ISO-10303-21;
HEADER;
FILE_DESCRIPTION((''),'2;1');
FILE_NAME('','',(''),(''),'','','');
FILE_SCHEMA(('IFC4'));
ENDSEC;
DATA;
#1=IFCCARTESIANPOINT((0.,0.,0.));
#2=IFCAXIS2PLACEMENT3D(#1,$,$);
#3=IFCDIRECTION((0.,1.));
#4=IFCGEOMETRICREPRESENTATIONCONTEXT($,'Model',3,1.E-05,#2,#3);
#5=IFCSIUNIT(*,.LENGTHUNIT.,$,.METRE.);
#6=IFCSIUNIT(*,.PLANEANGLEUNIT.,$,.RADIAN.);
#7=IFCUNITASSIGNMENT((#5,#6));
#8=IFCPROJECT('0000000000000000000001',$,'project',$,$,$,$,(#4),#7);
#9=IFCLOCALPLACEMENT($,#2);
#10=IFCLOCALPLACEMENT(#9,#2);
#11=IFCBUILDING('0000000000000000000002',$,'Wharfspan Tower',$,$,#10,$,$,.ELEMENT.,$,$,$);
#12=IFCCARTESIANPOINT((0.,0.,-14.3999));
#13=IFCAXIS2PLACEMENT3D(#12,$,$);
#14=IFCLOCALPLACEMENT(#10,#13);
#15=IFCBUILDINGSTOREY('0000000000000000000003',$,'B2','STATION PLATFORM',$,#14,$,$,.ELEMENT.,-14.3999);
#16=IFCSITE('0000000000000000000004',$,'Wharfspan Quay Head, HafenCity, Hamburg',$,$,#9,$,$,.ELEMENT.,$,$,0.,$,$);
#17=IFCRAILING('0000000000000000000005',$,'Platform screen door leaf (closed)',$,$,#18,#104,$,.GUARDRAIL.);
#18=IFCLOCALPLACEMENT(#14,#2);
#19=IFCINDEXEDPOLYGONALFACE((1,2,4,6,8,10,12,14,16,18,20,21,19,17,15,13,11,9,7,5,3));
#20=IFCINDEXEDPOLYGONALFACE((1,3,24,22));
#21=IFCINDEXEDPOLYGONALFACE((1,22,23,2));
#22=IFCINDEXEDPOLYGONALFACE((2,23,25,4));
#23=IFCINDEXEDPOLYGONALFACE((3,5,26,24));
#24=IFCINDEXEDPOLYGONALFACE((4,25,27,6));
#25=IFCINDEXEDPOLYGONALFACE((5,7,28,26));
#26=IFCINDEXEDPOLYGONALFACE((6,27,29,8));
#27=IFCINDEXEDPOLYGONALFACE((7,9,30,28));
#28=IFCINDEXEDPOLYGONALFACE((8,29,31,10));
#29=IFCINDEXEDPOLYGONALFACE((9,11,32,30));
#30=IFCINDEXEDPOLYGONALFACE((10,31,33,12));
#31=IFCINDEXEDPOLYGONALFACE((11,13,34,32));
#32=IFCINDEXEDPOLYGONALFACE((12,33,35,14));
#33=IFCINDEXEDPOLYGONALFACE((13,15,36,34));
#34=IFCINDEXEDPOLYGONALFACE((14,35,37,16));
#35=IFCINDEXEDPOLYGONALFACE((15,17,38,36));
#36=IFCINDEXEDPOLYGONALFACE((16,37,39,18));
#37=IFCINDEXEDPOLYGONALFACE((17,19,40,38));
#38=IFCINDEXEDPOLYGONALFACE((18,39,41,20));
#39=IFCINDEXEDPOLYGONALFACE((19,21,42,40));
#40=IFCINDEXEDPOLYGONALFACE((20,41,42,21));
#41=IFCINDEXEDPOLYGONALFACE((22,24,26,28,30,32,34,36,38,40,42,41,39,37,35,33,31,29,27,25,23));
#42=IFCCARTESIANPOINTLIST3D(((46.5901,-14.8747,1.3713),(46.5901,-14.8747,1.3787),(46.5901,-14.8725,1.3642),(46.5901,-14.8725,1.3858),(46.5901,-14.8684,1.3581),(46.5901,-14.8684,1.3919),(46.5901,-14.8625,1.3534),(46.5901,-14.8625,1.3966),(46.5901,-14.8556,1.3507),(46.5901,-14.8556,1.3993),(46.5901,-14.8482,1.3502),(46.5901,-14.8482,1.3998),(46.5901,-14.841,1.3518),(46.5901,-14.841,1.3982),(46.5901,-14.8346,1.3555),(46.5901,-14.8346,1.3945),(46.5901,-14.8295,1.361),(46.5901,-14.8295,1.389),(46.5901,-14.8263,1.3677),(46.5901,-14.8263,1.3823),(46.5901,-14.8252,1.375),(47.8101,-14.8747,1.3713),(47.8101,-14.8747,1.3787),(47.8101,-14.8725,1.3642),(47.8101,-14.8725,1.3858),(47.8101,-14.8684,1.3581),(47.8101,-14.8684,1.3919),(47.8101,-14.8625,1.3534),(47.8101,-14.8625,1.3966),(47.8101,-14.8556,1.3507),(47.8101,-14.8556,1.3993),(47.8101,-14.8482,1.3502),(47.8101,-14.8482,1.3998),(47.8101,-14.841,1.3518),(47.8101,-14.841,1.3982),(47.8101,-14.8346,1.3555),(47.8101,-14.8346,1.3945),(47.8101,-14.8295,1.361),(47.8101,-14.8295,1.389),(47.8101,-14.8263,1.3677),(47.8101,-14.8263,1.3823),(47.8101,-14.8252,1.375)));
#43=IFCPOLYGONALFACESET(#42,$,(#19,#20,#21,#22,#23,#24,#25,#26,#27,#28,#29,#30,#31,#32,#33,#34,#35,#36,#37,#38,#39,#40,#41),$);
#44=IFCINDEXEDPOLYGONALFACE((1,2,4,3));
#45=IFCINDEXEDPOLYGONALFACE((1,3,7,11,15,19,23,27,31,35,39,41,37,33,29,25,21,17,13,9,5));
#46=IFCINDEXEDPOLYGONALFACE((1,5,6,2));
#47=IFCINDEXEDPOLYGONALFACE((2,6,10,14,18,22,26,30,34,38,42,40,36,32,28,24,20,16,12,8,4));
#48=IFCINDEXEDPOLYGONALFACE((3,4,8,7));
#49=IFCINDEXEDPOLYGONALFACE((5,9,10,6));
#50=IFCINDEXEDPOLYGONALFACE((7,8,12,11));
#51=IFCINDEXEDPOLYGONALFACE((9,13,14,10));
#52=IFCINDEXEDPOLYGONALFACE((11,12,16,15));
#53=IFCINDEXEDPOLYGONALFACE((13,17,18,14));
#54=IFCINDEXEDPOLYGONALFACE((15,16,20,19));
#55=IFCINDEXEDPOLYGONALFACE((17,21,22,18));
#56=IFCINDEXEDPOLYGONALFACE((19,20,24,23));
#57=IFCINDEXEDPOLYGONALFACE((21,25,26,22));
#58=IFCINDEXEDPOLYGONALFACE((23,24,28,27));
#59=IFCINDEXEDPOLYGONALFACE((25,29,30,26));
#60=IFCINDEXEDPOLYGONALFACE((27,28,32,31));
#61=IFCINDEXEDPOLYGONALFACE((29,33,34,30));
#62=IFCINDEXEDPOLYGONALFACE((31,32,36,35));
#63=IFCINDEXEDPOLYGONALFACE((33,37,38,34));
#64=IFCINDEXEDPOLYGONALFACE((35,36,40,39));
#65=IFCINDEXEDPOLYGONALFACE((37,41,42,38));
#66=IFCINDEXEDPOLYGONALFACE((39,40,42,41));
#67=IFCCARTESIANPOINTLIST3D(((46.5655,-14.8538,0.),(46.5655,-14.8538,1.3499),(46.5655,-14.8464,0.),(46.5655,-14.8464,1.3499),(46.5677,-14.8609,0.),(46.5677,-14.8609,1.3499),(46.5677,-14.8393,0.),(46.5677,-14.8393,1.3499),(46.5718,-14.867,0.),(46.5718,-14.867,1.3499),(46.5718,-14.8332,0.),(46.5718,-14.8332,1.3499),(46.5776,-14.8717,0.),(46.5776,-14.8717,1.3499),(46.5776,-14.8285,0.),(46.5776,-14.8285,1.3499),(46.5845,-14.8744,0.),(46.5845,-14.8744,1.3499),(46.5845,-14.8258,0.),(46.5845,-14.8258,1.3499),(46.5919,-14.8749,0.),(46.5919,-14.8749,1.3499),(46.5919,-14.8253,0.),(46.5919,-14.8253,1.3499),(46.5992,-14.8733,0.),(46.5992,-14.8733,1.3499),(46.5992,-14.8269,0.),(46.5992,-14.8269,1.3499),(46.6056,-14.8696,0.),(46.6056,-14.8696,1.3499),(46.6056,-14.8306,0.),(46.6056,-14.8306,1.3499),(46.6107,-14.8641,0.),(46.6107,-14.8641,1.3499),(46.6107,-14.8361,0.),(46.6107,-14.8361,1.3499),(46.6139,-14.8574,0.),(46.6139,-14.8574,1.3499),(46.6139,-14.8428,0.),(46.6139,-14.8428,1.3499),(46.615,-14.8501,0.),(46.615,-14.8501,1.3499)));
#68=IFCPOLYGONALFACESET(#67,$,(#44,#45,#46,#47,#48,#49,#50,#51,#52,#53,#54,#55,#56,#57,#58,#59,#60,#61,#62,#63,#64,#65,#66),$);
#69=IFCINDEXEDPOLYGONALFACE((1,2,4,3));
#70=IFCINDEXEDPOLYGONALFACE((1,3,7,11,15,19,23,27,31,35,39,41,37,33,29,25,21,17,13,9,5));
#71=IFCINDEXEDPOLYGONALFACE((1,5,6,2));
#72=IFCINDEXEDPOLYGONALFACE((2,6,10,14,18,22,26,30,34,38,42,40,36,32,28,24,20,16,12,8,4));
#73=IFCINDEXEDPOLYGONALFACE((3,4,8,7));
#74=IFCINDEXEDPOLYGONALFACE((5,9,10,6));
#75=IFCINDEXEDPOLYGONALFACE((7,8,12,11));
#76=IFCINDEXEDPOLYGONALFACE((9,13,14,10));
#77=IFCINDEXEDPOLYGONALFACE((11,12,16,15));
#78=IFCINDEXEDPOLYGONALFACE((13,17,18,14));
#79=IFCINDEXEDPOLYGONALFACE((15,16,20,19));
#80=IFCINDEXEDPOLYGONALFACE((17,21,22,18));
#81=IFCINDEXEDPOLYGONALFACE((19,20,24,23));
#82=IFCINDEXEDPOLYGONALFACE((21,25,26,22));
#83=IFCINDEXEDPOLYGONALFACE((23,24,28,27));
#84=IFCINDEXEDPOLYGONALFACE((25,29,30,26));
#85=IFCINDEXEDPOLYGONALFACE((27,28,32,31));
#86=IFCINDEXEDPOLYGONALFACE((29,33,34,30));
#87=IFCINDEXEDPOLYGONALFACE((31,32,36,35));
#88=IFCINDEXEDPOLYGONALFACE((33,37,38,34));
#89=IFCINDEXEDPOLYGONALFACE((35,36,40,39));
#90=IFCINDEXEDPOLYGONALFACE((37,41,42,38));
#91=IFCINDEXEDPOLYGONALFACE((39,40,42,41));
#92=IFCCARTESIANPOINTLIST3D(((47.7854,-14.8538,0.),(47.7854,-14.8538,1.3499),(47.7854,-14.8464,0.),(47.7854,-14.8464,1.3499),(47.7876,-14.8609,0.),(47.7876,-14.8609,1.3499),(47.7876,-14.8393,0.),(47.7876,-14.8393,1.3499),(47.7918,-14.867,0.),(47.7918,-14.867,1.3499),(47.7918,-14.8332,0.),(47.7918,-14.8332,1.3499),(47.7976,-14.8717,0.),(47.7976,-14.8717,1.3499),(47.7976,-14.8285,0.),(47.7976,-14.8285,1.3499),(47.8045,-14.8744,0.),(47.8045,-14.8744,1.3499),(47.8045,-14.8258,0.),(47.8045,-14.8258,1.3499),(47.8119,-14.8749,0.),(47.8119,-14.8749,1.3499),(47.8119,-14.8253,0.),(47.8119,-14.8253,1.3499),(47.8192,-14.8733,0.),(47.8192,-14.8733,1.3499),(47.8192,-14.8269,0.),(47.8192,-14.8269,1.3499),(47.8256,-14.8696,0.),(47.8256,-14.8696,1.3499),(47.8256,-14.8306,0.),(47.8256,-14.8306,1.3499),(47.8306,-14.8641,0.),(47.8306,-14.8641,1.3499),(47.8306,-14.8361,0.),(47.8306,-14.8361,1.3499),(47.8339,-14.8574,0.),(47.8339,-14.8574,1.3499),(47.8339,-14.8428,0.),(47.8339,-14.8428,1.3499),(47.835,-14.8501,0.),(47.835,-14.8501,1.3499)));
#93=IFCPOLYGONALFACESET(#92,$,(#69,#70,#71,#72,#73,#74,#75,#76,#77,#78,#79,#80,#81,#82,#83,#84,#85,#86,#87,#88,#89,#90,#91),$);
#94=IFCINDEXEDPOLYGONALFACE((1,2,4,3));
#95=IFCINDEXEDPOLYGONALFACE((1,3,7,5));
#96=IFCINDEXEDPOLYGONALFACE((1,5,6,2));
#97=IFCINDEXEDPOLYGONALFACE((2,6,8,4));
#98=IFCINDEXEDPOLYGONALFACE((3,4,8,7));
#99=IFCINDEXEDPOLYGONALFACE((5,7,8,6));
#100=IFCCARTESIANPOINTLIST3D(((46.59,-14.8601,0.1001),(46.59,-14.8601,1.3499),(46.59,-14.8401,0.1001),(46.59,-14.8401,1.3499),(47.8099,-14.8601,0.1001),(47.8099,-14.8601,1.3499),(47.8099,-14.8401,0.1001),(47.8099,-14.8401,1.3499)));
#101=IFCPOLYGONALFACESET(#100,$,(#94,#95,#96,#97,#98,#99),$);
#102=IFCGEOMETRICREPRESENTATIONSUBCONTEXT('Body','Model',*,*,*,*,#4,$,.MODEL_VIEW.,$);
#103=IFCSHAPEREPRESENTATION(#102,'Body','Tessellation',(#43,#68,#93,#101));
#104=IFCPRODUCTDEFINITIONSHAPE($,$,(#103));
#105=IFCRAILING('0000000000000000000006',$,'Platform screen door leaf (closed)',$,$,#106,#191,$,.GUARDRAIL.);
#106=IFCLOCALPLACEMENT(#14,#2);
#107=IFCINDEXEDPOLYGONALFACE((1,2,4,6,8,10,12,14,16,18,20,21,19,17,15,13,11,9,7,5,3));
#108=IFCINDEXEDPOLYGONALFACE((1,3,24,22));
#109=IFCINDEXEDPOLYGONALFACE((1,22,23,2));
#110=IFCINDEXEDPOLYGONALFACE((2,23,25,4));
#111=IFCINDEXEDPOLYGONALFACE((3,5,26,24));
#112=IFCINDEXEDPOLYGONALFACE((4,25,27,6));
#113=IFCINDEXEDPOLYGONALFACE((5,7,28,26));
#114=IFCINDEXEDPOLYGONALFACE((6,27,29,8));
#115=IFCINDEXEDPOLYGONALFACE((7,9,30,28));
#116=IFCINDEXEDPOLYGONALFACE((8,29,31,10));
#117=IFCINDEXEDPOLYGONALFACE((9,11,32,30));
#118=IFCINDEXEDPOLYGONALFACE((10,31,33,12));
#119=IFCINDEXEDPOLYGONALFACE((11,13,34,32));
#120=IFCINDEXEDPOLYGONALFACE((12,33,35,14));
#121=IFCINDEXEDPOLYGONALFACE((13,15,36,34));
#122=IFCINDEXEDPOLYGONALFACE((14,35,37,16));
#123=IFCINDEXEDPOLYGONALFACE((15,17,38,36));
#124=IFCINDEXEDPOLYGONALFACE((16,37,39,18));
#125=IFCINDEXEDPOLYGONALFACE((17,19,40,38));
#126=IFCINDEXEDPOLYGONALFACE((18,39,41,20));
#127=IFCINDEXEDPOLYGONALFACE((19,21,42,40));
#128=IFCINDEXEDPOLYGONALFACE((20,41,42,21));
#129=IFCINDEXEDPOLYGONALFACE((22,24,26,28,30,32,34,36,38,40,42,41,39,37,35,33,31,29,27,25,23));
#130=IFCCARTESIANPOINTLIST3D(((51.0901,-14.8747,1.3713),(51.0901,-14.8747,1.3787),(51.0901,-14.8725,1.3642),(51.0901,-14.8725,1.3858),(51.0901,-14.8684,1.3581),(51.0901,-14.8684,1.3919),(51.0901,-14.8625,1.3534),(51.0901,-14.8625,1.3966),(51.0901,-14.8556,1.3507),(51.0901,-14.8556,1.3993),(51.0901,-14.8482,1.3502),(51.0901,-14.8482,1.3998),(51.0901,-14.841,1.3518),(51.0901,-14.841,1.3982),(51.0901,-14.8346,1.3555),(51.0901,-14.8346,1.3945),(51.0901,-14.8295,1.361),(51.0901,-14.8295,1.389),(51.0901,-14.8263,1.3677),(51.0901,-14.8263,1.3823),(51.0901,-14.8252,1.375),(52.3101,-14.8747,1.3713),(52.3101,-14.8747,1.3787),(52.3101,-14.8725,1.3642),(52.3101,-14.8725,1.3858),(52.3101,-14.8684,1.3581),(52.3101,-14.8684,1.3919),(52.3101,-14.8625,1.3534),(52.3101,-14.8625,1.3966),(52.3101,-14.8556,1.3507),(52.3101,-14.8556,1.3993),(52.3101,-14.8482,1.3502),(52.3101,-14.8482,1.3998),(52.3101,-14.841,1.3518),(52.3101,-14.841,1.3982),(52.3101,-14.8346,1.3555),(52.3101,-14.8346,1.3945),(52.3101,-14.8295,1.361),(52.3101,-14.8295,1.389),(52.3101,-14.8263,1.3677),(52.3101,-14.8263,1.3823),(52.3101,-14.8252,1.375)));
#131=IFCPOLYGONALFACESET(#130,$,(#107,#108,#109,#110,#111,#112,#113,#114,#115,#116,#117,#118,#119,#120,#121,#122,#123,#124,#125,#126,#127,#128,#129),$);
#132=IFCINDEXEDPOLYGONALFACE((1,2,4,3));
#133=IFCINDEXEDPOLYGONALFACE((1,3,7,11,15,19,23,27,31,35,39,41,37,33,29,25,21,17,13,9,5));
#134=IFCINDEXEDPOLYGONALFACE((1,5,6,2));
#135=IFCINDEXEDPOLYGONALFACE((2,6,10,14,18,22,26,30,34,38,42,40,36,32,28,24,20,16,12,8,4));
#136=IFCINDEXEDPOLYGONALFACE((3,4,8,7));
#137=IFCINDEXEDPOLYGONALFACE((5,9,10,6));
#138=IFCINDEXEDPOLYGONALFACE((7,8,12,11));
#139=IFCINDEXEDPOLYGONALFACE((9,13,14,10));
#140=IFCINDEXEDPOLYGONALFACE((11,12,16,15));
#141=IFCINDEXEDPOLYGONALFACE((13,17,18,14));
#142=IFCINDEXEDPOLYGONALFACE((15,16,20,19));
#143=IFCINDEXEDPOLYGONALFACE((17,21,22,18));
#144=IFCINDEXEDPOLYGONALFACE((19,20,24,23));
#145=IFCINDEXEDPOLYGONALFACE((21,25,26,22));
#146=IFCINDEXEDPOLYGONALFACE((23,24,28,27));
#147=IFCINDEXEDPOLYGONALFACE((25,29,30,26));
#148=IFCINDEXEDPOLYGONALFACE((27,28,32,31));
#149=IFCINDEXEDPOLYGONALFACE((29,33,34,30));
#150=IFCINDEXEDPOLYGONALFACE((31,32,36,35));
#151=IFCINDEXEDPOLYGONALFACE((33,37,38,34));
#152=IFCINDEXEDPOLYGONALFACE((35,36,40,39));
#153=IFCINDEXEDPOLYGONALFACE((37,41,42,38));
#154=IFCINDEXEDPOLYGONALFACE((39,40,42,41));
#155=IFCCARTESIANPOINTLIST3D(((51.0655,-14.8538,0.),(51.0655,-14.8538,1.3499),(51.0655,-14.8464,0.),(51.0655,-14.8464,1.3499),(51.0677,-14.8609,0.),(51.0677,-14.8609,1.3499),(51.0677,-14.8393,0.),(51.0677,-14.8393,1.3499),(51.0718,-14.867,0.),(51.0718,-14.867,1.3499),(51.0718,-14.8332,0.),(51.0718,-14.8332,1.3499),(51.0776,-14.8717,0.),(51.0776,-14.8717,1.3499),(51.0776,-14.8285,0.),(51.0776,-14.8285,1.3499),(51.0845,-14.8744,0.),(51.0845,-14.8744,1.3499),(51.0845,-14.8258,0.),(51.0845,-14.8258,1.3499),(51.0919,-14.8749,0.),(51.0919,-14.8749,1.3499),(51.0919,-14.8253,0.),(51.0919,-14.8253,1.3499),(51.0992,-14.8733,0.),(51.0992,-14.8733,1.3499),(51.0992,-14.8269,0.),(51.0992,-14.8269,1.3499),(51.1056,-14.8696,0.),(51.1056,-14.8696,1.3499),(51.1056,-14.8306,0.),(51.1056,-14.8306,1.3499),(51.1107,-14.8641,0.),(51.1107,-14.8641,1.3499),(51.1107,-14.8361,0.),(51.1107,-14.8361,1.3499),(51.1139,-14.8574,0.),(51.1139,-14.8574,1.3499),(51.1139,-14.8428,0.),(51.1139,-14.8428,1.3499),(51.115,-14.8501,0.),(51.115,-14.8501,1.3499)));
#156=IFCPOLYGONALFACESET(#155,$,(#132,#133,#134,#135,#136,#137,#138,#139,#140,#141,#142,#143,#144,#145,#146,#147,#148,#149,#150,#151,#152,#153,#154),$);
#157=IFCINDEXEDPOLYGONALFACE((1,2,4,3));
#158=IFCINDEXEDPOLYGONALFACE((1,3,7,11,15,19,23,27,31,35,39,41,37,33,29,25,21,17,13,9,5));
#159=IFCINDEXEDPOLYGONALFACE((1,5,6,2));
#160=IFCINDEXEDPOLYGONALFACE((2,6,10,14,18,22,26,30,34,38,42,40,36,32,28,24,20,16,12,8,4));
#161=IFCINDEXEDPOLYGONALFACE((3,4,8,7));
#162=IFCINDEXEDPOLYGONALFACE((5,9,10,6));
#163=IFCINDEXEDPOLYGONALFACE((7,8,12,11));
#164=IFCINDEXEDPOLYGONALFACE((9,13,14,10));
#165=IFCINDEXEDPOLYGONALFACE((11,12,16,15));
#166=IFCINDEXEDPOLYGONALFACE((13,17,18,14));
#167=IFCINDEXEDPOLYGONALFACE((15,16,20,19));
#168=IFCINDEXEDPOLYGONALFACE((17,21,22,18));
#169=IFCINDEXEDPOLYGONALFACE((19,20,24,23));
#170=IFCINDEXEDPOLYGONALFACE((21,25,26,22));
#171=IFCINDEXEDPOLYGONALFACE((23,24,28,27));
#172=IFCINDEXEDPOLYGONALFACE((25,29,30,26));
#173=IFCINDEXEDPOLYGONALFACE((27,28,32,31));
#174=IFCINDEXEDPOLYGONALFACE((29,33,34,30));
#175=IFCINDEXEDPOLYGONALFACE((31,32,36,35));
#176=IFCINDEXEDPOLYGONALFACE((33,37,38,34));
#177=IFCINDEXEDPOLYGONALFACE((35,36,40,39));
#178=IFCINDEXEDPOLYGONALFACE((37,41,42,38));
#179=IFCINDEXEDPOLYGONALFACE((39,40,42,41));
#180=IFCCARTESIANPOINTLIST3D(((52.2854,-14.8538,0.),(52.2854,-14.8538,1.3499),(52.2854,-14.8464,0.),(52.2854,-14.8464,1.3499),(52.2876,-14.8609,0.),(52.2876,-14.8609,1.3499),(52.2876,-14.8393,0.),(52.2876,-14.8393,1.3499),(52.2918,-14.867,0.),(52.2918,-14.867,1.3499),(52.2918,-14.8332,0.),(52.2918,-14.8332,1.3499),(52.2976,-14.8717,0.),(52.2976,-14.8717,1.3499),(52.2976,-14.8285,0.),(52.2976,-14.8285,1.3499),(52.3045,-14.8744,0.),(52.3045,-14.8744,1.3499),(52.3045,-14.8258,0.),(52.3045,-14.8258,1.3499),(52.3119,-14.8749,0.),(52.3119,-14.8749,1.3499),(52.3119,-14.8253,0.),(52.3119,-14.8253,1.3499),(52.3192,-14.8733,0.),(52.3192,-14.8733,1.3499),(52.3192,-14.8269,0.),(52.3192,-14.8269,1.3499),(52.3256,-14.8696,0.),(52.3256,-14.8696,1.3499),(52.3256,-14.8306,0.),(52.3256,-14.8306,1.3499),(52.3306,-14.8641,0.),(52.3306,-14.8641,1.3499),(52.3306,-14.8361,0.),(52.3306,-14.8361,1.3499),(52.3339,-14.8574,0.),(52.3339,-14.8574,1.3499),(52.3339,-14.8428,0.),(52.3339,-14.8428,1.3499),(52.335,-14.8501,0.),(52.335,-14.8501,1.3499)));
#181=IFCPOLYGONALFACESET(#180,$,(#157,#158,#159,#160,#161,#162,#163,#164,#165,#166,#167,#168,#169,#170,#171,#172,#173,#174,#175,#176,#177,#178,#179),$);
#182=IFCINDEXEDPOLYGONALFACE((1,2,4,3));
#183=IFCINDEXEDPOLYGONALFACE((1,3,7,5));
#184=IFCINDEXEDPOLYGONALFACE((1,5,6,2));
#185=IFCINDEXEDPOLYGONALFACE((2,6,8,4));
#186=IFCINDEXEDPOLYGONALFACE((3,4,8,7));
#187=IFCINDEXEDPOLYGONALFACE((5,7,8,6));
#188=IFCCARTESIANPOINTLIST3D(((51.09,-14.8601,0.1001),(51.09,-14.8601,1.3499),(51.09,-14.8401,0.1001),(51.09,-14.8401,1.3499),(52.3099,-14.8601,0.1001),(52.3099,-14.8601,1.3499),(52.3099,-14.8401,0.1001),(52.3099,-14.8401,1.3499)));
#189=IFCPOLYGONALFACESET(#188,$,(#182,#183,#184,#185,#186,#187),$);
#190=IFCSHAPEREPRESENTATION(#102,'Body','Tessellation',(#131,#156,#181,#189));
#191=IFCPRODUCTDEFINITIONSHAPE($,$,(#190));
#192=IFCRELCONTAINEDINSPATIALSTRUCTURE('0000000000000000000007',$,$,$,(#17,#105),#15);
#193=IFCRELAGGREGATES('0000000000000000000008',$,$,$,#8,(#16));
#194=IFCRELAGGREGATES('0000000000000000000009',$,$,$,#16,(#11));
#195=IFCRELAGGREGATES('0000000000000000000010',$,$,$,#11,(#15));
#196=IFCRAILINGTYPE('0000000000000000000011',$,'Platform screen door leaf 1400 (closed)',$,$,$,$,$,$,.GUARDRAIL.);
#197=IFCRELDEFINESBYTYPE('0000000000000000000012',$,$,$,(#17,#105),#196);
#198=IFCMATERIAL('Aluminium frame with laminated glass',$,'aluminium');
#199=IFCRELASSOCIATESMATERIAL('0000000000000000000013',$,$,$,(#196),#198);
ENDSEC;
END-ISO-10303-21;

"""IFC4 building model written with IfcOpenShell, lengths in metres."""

from ifc_helpers import new_model, si_unit, direction, frame, origin, origin_2d, place, context, subcontext, project, spatial, rectangle, circle, extrude, material, type_object, element, save


model = new_model("IFC4")

# Units and contexts
model_context = context("Model", 3, precision=1e-05, world=origin(), true_north=direction((0.0, 1.0)))
body_context = subcontext(model_context, "Body", "Model", "MODEL_VIEW")
ifc_project = project(units=[si_unit("LENGTHUNIT", "METRE"), si_unit("PLANEANGLEUNIT", "RADIAN")], contexts=[model_context])

# Site, building, storey
site_placement = place(None, origin())
site = spatial("IfcSite", under=ifc_project, at=site_placement, Name="Wharfspan Quay Head, HafenCity, Hamburg", CompositionType="ELEMENT", RefElevation=0.0)
building_placement = place(site_placement, origin())
building = spatial("IfcBuilding", under=site, at=building_placement, Name="Wharfspan Tower", CompositionType="ELEMENT")
storey_placement = place(building_placement, frame((0.0, 0.0, -14.3999)))
storey = spatial("IfcBuildingStorey", under=building, at=storey_placement, Name="B2", Description="STATION PLATFORM", CompositionType="ELEMENT", Elevation=-14.3999)

# Railings
ifc_material_1 = material(Name="Aluminium frame with laminated glass", Category="aluminium")
railing_type_1 = type_object("IfcRailingType", Name="Platform screen door leaf 1400 (closed)", PredefinedType="GUARDRAIL", material=ifc_material_1)
for number, where, name in (
    (1, (46.5901, -14.8501, 0.0), "Platform screen door leaf (closed)"),
    (2, (51.0901, -14.8501, 0.0), "Platform screen door leaf (closed)"),
):
    element("IfcRailing", number, at=place(storey_placement, frame(where)), inside=storey, type_object=railing_type_1, Name=name, PredefinedType="GUARDRAIL", context=body_context, shape_type="SweptSolid", body=[
        extrude(circle(Radius=0.0249, at=origin_2d()), frame((0.0, 0.0, 1.375), z_axis=(1.0, 0.0, 0.0), x_axis=(0.0, 1.0, 0.0)), (0.0, 0.0, 1.0), 1.22),
        extrude(circle(Radius=0.0249, at=origin_2d()), origin(), (0.0, 0.0, 1.0), 1.3499),
        extrude(circle(Radius=0.0249, at=origin_2d()), frame((1.22, 0.0, 0.0)), (0.0, 0.0, 1.0), 1.3499),
        extrude(rectangle(XDim=1.22, YDim=0.02, at=origin_2d()), frame((0.6099, 0.0, 0.1001), z_axis=(0.0, 0.0, 1.0), x_axis=(1.0, 0.0, 0.0)), (0.0, 0.0, 1.0), 1.2498),
    ])

save(model, "model.ifc")
